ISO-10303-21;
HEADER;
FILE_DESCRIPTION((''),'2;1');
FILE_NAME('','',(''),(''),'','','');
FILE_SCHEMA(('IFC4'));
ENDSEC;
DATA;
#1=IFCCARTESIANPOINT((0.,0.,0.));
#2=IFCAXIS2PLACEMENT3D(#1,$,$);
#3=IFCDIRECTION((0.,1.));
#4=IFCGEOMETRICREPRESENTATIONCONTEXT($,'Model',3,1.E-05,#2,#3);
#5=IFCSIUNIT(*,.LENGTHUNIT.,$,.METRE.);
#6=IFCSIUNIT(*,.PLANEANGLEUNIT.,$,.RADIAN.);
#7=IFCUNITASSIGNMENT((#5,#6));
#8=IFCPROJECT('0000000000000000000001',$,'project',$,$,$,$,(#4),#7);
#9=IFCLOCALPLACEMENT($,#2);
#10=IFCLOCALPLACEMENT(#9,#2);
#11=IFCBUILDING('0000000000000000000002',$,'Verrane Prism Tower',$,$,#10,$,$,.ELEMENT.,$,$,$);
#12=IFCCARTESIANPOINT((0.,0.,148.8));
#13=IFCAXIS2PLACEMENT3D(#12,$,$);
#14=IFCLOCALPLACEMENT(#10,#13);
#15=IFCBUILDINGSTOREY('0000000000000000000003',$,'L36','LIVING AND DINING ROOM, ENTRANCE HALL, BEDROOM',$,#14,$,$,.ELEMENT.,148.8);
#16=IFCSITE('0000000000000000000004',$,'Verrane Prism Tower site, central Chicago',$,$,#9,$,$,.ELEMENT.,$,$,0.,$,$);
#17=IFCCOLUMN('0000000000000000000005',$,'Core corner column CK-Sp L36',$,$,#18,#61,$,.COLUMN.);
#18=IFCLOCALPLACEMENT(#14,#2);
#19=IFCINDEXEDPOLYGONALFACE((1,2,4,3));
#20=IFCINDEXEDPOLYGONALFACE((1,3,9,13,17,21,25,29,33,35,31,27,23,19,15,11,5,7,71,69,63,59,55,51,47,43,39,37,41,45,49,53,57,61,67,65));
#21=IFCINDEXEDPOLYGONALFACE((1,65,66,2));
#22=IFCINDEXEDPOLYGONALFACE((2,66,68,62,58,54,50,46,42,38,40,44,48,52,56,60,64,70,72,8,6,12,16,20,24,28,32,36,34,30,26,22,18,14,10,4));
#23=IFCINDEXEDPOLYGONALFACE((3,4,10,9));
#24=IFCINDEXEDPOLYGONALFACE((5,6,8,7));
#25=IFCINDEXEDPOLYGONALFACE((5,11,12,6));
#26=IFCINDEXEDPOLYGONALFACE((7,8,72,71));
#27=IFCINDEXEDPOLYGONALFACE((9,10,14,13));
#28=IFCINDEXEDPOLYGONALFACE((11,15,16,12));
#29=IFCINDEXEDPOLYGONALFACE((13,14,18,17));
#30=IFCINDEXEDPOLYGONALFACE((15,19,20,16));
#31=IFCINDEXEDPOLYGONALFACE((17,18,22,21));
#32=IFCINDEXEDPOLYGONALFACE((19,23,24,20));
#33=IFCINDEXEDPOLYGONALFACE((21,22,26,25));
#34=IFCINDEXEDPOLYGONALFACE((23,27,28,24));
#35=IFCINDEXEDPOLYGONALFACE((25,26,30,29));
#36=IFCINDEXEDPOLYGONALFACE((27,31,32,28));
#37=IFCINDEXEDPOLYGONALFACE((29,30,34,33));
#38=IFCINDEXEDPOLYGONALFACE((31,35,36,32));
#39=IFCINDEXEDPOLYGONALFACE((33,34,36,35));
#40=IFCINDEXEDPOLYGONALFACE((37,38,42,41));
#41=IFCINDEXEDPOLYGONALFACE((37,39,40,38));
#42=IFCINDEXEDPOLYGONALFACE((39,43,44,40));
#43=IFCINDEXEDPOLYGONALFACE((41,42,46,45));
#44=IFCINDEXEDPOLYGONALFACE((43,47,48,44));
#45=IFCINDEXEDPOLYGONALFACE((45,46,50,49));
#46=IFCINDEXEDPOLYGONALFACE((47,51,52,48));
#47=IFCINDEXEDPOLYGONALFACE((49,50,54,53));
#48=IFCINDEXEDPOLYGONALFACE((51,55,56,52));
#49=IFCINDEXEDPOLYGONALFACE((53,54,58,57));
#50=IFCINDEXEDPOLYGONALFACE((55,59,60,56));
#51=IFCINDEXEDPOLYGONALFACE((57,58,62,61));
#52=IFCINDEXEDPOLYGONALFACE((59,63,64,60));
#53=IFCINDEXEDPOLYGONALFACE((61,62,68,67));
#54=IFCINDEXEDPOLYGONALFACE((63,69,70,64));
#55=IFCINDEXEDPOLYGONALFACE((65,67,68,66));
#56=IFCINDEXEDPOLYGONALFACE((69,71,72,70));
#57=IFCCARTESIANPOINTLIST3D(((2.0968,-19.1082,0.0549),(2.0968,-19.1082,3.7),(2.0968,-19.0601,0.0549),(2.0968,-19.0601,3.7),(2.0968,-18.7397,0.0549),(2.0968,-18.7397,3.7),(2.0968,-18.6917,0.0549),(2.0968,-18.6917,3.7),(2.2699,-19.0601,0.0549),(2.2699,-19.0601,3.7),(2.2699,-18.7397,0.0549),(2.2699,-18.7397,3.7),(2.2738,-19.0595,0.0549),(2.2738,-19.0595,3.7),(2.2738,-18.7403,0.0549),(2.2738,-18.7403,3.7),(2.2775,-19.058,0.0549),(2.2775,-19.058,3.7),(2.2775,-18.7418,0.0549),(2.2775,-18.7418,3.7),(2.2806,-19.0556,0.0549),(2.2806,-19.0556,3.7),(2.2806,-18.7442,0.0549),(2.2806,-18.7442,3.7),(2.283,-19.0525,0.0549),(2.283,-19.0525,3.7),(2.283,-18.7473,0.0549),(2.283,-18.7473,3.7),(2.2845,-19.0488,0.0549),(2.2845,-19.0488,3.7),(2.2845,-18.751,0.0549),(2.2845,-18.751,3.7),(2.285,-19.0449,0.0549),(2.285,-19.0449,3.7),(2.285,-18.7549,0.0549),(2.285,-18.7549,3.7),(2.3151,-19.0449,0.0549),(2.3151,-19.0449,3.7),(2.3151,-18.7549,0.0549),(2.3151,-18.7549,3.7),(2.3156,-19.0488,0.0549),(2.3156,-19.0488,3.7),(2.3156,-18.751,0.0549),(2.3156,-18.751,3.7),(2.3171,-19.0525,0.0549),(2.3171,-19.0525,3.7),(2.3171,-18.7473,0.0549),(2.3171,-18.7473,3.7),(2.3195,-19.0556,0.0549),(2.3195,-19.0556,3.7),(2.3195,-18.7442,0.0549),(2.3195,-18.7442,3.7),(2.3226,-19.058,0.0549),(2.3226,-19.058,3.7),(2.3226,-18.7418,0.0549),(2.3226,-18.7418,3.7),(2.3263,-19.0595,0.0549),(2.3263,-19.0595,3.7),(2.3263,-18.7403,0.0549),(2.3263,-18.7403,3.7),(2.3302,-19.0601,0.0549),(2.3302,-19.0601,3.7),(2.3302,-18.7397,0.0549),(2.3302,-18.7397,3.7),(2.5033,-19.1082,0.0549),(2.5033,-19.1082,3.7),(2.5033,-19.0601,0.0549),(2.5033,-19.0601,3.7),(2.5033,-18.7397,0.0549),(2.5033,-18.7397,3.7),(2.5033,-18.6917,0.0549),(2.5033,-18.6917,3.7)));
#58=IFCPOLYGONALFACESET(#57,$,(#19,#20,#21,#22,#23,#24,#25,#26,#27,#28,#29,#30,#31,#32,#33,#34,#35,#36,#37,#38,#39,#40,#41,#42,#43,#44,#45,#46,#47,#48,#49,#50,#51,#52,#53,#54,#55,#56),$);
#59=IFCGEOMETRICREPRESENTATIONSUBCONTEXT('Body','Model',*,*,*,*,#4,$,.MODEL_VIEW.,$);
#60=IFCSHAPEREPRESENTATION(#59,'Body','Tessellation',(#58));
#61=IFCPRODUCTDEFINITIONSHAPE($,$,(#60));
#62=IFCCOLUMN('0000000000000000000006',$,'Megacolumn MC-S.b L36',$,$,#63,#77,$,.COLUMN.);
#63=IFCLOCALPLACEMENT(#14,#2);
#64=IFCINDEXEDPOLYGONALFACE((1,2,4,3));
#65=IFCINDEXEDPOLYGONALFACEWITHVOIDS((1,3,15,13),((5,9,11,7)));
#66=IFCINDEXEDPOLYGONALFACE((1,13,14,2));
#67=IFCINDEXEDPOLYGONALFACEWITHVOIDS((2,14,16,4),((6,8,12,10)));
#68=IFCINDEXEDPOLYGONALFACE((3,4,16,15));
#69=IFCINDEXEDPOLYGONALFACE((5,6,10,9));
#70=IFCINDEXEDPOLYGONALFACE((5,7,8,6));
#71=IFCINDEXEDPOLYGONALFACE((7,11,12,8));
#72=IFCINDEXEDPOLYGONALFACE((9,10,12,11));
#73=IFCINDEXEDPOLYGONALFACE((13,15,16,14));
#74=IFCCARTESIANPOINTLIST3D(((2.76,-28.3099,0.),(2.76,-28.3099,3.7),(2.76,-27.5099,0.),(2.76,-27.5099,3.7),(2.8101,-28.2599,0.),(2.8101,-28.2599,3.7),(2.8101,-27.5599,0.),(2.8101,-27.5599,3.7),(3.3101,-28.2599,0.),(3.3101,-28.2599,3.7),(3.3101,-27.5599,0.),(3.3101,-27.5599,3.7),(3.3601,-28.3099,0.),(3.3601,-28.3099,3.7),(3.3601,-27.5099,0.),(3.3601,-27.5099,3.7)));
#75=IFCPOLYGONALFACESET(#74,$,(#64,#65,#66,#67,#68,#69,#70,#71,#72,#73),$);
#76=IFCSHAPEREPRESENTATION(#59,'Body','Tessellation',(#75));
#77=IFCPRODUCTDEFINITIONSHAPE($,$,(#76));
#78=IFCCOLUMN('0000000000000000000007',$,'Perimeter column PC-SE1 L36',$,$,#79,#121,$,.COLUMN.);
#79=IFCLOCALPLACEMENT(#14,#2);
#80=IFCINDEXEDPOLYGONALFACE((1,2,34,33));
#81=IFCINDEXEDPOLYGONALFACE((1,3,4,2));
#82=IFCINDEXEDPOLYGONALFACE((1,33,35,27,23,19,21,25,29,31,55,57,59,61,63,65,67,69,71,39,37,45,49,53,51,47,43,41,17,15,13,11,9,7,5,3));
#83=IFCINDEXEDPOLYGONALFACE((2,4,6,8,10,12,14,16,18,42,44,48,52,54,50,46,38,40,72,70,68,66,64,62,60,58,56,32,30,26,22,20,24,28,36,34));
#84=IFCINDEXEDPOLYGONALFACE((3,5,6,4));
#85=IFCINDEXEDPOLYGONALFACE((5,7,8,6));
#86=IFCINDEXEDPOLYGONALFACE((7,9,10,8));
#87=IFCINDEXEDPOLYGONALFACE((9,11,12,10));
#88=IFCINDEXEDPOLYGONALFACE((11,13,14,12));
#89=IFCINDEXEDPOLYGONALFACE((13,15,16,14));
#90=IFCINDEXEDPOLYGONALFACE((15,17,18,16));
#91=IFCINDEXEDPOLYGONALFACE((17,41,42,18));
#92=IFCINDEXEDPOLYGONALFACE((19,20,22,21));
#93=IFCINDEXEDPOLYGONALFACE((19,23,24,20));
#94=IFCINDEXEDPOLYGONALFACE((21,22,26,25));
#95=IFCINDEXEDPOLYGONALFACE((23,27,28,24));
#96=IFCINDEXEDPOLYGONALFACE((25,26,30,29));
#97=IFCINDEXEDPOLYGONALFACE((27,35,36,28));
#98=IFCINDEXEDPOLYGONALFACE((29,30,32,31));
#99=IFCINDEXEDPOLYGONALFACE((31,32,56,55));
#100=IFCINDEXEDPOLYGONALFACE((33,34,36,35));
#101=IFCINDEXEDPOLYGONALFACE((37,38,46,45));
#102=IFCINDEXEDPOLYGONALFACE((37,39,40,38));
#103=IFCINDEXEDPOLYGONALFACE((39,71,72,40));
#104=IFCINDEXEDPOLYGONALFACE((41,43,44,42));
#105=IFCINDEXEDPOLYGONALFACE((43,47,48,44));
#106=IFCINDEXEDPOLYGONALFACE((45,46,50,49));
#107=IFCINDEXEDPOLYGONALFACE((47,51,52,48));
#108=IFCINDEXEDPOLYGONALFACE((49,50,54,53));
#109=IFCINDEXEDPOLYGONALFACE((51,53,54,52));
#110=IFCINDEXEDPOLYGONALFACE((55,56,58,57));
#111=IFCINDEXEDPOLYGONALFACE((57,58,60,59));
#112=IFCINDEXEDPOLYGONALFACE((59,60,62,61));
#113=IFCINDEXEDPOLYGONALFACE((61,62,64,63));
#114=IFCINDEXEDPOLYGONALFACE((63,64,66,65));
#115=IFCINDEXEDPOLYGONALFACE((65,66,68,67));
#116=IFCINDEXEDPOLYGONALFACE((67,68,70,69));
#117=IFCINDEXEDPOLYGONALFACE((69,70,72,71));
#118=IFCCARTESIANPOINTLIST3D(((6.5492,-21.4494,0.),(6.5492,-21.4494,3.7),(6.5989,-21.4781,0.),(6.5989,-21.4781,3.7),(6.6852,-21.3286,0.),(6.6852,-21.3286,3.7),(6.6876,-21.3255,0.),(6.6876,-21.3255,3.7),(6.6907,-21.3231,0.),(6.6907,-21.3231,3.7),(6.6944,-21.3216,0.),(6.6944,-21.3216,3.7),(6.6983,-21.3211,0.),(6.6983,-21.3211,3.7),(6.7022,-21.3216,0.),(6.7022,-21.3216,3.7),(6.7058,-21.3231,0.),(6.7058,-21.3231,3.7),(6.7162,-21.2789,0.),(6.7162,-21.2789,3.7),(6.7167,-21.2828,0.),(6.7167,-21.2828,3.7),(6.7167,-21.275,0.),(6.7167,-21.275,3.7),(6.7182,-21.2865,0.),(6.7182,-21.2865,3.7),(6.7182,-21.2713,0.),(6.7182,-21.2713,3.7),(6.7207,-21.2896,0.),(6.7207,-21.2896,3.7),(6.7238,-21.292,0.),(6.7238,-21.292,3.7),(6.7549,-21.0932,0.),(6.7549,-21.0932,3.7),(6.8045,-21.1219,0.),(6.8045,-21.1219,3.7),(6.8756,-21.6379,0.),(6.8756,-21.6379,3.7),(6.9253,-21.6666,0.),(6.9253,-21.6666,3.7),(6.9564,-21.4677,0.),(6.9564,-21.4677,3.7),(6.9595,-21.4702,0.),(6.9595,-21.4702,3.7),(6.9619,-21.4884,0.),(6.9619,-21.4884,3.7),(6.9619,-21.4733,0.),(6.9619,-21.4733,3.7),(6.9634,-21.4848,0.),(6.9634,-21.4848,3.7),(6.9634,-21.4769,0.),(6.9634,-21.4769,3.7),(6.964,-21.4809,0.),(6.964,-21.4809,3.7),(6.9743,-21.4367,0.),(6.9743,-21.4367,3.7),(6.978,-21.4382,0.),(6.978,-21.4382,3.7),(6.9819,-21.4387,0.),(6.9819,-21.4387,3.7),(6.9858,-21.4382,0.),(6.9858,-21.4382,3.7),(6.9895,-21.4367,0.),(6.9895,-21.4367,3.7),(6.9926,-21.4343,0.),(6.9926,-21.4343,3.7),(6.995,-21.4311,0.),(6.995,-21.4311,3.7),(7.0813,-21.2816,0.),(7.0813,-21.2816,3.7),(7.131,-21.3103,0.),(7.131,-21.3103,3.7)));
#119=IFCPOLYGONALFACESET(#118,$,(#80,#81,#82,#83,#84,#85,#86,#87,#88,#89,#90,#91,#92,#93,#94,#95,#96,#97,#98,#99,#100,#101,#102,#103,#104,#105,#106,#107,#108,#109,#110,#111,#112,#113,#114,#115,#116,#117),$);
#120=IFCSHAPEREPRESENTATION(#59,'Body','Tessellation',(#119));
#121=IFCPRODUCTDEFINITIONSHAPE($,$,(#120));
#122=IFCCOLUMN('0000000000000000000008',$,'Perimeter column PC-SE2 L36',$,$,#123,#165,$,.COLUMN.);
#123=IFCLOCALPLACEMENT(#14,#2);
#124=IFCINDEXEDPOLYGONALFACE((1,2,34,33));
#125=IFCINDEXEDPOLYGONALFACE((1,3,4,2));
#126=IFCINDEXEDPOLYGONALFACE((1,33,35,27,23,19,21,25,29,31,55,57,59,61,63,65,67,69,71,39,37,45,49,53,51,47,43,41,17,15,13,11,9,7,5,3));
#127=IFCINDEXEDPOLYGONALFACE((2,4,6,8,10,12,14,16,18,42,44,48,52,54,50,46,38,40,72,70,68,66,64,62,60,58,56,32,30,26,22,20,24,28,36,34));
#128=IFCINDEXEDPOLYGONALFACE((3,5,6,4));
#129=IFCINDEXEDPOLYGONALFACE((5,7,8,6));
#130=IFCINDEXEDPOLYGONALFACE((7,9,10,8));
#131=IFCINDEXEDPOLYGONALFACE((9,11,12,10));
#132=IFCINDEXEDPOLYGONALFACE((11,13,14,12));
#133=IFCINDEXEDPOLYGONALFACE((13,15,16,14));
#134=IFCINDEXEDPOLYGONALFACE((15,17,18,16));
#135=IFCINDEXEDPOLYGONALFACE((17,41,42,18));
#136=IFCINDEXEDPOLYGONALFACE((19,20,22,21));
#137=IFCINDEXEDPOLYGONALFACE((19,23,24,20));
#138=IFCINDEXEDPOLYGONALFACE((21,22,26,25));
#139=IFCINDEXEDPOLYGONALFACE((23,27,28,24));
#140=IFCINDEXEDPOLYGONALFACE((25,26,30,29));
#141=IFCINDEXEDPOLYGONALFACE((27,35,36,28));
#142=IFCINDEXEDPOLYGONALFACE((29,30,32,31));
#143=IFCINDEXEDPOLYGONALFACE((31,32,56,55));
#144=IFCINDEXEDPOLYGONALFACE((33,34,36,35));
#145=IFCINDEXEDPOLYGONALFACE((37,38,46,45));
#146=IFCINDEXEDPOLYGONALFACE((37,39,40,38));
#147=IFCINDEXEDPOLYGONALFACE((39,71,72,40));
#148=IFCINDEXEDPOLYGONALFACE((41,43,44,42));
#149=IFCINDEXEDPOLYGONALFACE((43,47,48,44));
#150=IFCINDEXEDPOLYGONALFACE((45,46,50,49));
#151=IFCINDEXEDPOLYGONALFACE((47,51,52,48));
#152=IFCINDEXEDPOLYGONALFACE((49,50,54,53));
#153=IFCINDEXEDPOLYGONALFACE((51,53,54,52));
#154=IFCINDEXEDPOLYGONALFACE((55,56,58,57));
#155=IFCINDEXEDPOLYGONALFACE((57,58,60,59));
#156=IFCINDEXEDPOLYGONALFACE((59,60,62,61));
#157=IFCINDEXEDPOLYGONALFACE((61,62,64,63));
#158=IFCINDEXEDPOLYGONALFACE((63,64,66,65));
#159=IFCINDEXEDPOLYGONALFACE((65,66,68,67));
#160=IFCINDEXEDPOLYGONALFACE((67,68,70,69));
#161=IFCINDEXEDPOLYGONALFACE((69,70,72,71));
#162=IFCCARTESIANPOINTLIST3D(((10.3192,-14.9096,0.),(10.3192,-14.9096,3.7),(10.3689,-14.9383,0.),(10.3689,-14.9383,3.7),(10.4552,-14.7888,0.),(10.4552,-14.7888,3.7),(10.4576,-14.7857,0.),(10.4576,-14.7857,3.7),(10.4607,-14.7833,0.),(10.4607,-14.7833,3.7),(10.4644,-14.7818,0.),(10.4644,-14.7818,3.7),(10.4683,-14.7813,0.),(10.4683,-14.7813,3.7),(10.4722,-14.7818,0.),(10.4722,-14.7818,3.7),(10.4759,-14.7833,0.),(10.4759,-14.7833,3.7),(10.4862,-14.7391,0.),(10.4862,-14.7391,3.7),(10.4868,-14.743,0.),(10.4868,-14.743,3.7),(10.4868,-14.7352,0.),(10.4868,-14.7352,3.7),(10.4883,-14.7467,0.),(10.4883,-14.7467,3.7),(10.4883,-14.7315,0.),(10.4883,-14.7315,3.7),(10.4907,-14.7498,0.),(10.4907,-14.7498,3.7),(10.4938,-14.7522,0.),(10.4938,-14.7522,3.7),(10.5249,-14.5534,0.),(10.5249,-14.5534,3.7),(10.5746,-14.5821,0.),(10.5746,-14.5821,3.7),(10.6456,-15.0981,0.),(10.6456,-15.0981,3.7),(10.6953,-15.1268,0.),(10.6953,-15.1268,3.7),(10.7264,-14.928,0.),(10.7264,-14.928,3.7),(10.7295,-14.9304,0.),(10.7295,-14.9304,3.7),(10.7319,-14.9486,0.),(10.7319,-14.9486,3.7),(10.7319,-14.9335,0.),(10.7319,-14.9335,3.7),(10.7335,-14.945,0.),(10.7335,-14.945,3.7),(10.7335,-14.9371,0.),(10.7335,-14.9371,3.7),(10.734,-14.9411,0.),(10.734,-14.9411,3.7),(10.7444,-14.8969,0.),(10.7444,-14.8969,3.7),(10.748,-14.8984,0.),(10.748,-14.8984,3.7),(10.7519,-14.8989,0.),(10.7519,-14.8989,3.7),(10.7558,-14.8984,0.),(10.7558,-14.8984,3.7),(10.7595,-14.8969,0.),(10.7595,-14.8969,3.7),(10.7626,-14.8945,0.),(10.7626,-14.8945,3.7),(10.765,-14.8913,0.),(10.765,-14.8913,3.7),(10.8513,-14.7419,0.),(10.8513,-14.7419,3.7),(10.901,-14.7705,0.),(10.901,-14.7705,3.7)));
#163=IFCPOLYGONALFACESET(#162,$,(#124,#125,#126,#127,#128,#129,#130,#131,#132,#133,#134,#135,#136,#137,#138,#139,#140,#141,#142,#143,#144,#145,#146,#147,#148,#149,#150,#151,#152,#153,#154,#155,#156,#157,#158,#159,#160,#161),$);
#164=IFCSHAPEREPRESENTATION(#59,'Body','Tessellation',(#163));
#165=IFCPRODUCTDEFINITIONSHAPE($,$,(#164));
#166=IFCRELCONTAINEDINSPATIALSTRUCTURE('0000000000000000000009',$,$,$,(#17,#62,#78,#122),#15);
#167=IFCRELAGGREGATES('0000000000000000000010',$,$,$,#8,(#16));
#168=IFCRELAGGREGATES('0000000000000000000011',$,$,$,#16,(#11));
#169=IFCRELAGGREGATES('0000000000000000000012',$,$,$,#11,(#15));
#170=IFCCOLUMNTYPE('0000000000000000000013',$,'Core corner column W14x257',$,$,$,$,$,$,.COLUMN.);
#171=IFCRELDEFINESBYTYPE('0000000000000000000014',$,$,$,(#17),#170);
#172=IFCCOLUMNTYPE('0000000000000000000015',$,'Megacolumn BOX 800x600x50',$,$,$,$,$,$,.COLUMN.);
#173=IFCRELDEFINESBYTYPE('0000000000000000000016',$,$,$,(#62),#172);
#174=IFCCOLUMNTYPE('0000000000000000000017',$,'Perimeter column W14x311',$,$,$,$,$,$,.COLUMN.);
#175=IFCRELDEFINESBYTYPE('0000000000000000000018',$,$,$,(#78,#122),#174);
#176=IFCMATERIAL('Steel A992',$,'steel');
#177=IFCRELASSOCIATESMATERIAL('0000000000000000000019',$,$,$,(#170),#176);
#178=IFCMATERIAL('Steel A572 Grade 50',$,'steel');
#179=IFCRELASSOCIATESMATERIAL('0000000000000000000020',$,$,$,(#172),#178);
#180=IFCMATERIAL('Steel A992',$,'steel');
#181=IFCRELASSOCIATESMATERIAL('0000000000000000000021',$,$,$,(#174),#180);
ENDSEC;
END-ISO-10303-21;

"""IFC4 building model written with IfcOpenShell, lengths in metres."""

from ifc_helpers import new_model, si_unit, direction, frame, origin, origin_2d, place, context, subcontext, project, spatial, hollow_rectangle, i_section, extrude, material, material_profile, profile_set, type_object, element, save


model = new_model("IFC4")

# Units and contexts
model_context = context("Model", 3, precision=1e-05, world=origin(), true_north=direction((0.0, 1.0)))
body_context = subcontext(model_context, "Body", "Model", "MODEL_VIEW")
ifc_project = project(units=[si_unit("LENGTHUNIT", "METRE"), si_unit("PLANEANGLEUNIT", "RADIAN")], contexts=[model_context])

# Site, building, storey
site_placement = place(None, origin())
site = spatial("IfcSite", under=ifc_project, at=site_placement, Name="Verrane Prism Tower site, central Chicago", CompositionType="ELEMENT", RefElevation=0.0)
building_placement = place(site_placement, origin())
building = spatial("IfcBuilding", under=site, at=building_placement, Name="Verrane Prism Tower", CompositionType="ELEMENT")
storey_placement = place(building_placement, frame((0.0, 0.0, 148.8)))
storey = spatial("IfcBuildingStorey", under=building, at=storey_placement, Name="L36", Description="LIVING AND DINING ROOM, ENTRANCE HALL, BEDROOM", CompositionType="ELEMENT", Elevation=148.8)

# Columns
ifc_material_1 = material(Name="Steel A992", Category="steel")
ifc_material_profile_1 = material_profile(ifc_material_1, i_section(OverallWidth=0.4065, OverallDepth=0.4165, WebThickness=0.03, FlangeThickness=0.0481, FilletRadius=0.0151, at=origin_2d()), Name="W14x257")
ifc_profile_set_1 = profile_set([ifc_material_profile_1], Name="Steel A992")
column_type_1 = type_object("IfcColumnType", Name="Core corner column W14x257", PredefinedType="COLUMN", material=ifc_profile_set_1)
column_1_placement = place(storey_placement, frame((2.3, -18.8999, 0.0549), z_axis=(0.0, 0.0, 1.0), x_axis=(-1.0, 0.0, 0.0)))
element("IfcColumn", 1, at=column_1_placement, inside=storey, type_object=column_type_1, Name="Core corner column CK-Sp L36", PredefinedType="COLUMN", context=body_context, shape_type="SweptSolid", body=[
    extrude(i_section(OverallWidth=0.4065, OverallDepth=0.4165, WebThickness=0.03, FlangeThickness=0.0481, FilletRadius=0.0151, at=origin_2d()), origin(), (0.0, 0.0, 1.0), 3.645),
])
ifc_material_2 = material(Name="Steel A572 Grade 50", Category="steel")
ifc_material_profile_2 = material_profile(ifc_material_2, hollow_rectangle(XDim=0.6001, YDim=0.8, WallThickness=0.05, at=origin_2d()), Name="BOX 800x600x50")
ifc_profile_set_2 = profile_set([ifc_material_profile_2], Name="Steel A572 Grade 50")
column_type_2 = type_object("IfcColumnType", Name="Megacolumn BOX 800x600x50", PredefinedType="COLUMN", material=ifc_profile_set_2)
column_2_placement = place(storey_placement, frame((3.0601, -27.9099, 0.0), z_axis=(0.0, 0.0, 1.0), x_axis=(-1.0, 0.0, 0.0)))
element("IfcColumn", 2, at=column_2_placement, inside=storey, type_object=column_type_2, Name="Megacolumn MC-S.b L36", PredefinedType="COLUMN", context=body_context, shape_type="SweptSolid", body=[
    extrude(hollow_rectangle(XDim=0.6001, YDim=0.8, WallThickness=0.05, at=origin_2d()), origin(), (0.0, 0.0, 1.0), 3.7),
])
ifc_material_3 = material(Name="Steel A992", Category="steel")
ifc_material_profile_3 = material_profile(ifc_material_3, i_section(OverallWidth=0.4114, OverallDepth=0.4343, WebThickness=0.0359, FlangeThickness=0.0574, FilletRadius=0.0151, at=origin_2d()), Name="W14x311")
ifc_profile_set_3 = profile_set([ifc_material_profile_3], Name="Steel A992")
column_type_3 = type_object("IfcColumnType", Name="Perimeter column W14x311", PredefinedType="COLUMN", material=ifc_profile_set_3)
for number, where, z_axis, x_axis, name in (
    (3, (6.8401, -21.3799, 0.0), (0.0, 0.0, 1.0), (-0.5, -0.866025, 0.0), "Perimeter column PC-SE1 L36"),
    (4, (10.6101, -14.8401, 0.0), (0.0, 0.0, 1.0), (-0.5, -0.866025, 0.0), "Perimeter column PC-SE2 L36"),
):
    element("IfcColumn", number, at=place(storey_placement, frame(where, z_axis=z_axis, x_axis=x_axis)), inside=storey, type_object=column_type_3, Name=name, PredefinedType="COLUMN", context=body_context, shape_type="SweptSolid", body=[
        extrude(i_section(OverallWidth=0.4114, OverallDepth=0.4343, WebThickness=0.0359, FlangeThickness=0.0574, FilletRadius=0.0151, at=origin_2d()), origin(), (0.0, 0.0, 1.0), 3.7),
    ])

save(model, "model.ifc")
